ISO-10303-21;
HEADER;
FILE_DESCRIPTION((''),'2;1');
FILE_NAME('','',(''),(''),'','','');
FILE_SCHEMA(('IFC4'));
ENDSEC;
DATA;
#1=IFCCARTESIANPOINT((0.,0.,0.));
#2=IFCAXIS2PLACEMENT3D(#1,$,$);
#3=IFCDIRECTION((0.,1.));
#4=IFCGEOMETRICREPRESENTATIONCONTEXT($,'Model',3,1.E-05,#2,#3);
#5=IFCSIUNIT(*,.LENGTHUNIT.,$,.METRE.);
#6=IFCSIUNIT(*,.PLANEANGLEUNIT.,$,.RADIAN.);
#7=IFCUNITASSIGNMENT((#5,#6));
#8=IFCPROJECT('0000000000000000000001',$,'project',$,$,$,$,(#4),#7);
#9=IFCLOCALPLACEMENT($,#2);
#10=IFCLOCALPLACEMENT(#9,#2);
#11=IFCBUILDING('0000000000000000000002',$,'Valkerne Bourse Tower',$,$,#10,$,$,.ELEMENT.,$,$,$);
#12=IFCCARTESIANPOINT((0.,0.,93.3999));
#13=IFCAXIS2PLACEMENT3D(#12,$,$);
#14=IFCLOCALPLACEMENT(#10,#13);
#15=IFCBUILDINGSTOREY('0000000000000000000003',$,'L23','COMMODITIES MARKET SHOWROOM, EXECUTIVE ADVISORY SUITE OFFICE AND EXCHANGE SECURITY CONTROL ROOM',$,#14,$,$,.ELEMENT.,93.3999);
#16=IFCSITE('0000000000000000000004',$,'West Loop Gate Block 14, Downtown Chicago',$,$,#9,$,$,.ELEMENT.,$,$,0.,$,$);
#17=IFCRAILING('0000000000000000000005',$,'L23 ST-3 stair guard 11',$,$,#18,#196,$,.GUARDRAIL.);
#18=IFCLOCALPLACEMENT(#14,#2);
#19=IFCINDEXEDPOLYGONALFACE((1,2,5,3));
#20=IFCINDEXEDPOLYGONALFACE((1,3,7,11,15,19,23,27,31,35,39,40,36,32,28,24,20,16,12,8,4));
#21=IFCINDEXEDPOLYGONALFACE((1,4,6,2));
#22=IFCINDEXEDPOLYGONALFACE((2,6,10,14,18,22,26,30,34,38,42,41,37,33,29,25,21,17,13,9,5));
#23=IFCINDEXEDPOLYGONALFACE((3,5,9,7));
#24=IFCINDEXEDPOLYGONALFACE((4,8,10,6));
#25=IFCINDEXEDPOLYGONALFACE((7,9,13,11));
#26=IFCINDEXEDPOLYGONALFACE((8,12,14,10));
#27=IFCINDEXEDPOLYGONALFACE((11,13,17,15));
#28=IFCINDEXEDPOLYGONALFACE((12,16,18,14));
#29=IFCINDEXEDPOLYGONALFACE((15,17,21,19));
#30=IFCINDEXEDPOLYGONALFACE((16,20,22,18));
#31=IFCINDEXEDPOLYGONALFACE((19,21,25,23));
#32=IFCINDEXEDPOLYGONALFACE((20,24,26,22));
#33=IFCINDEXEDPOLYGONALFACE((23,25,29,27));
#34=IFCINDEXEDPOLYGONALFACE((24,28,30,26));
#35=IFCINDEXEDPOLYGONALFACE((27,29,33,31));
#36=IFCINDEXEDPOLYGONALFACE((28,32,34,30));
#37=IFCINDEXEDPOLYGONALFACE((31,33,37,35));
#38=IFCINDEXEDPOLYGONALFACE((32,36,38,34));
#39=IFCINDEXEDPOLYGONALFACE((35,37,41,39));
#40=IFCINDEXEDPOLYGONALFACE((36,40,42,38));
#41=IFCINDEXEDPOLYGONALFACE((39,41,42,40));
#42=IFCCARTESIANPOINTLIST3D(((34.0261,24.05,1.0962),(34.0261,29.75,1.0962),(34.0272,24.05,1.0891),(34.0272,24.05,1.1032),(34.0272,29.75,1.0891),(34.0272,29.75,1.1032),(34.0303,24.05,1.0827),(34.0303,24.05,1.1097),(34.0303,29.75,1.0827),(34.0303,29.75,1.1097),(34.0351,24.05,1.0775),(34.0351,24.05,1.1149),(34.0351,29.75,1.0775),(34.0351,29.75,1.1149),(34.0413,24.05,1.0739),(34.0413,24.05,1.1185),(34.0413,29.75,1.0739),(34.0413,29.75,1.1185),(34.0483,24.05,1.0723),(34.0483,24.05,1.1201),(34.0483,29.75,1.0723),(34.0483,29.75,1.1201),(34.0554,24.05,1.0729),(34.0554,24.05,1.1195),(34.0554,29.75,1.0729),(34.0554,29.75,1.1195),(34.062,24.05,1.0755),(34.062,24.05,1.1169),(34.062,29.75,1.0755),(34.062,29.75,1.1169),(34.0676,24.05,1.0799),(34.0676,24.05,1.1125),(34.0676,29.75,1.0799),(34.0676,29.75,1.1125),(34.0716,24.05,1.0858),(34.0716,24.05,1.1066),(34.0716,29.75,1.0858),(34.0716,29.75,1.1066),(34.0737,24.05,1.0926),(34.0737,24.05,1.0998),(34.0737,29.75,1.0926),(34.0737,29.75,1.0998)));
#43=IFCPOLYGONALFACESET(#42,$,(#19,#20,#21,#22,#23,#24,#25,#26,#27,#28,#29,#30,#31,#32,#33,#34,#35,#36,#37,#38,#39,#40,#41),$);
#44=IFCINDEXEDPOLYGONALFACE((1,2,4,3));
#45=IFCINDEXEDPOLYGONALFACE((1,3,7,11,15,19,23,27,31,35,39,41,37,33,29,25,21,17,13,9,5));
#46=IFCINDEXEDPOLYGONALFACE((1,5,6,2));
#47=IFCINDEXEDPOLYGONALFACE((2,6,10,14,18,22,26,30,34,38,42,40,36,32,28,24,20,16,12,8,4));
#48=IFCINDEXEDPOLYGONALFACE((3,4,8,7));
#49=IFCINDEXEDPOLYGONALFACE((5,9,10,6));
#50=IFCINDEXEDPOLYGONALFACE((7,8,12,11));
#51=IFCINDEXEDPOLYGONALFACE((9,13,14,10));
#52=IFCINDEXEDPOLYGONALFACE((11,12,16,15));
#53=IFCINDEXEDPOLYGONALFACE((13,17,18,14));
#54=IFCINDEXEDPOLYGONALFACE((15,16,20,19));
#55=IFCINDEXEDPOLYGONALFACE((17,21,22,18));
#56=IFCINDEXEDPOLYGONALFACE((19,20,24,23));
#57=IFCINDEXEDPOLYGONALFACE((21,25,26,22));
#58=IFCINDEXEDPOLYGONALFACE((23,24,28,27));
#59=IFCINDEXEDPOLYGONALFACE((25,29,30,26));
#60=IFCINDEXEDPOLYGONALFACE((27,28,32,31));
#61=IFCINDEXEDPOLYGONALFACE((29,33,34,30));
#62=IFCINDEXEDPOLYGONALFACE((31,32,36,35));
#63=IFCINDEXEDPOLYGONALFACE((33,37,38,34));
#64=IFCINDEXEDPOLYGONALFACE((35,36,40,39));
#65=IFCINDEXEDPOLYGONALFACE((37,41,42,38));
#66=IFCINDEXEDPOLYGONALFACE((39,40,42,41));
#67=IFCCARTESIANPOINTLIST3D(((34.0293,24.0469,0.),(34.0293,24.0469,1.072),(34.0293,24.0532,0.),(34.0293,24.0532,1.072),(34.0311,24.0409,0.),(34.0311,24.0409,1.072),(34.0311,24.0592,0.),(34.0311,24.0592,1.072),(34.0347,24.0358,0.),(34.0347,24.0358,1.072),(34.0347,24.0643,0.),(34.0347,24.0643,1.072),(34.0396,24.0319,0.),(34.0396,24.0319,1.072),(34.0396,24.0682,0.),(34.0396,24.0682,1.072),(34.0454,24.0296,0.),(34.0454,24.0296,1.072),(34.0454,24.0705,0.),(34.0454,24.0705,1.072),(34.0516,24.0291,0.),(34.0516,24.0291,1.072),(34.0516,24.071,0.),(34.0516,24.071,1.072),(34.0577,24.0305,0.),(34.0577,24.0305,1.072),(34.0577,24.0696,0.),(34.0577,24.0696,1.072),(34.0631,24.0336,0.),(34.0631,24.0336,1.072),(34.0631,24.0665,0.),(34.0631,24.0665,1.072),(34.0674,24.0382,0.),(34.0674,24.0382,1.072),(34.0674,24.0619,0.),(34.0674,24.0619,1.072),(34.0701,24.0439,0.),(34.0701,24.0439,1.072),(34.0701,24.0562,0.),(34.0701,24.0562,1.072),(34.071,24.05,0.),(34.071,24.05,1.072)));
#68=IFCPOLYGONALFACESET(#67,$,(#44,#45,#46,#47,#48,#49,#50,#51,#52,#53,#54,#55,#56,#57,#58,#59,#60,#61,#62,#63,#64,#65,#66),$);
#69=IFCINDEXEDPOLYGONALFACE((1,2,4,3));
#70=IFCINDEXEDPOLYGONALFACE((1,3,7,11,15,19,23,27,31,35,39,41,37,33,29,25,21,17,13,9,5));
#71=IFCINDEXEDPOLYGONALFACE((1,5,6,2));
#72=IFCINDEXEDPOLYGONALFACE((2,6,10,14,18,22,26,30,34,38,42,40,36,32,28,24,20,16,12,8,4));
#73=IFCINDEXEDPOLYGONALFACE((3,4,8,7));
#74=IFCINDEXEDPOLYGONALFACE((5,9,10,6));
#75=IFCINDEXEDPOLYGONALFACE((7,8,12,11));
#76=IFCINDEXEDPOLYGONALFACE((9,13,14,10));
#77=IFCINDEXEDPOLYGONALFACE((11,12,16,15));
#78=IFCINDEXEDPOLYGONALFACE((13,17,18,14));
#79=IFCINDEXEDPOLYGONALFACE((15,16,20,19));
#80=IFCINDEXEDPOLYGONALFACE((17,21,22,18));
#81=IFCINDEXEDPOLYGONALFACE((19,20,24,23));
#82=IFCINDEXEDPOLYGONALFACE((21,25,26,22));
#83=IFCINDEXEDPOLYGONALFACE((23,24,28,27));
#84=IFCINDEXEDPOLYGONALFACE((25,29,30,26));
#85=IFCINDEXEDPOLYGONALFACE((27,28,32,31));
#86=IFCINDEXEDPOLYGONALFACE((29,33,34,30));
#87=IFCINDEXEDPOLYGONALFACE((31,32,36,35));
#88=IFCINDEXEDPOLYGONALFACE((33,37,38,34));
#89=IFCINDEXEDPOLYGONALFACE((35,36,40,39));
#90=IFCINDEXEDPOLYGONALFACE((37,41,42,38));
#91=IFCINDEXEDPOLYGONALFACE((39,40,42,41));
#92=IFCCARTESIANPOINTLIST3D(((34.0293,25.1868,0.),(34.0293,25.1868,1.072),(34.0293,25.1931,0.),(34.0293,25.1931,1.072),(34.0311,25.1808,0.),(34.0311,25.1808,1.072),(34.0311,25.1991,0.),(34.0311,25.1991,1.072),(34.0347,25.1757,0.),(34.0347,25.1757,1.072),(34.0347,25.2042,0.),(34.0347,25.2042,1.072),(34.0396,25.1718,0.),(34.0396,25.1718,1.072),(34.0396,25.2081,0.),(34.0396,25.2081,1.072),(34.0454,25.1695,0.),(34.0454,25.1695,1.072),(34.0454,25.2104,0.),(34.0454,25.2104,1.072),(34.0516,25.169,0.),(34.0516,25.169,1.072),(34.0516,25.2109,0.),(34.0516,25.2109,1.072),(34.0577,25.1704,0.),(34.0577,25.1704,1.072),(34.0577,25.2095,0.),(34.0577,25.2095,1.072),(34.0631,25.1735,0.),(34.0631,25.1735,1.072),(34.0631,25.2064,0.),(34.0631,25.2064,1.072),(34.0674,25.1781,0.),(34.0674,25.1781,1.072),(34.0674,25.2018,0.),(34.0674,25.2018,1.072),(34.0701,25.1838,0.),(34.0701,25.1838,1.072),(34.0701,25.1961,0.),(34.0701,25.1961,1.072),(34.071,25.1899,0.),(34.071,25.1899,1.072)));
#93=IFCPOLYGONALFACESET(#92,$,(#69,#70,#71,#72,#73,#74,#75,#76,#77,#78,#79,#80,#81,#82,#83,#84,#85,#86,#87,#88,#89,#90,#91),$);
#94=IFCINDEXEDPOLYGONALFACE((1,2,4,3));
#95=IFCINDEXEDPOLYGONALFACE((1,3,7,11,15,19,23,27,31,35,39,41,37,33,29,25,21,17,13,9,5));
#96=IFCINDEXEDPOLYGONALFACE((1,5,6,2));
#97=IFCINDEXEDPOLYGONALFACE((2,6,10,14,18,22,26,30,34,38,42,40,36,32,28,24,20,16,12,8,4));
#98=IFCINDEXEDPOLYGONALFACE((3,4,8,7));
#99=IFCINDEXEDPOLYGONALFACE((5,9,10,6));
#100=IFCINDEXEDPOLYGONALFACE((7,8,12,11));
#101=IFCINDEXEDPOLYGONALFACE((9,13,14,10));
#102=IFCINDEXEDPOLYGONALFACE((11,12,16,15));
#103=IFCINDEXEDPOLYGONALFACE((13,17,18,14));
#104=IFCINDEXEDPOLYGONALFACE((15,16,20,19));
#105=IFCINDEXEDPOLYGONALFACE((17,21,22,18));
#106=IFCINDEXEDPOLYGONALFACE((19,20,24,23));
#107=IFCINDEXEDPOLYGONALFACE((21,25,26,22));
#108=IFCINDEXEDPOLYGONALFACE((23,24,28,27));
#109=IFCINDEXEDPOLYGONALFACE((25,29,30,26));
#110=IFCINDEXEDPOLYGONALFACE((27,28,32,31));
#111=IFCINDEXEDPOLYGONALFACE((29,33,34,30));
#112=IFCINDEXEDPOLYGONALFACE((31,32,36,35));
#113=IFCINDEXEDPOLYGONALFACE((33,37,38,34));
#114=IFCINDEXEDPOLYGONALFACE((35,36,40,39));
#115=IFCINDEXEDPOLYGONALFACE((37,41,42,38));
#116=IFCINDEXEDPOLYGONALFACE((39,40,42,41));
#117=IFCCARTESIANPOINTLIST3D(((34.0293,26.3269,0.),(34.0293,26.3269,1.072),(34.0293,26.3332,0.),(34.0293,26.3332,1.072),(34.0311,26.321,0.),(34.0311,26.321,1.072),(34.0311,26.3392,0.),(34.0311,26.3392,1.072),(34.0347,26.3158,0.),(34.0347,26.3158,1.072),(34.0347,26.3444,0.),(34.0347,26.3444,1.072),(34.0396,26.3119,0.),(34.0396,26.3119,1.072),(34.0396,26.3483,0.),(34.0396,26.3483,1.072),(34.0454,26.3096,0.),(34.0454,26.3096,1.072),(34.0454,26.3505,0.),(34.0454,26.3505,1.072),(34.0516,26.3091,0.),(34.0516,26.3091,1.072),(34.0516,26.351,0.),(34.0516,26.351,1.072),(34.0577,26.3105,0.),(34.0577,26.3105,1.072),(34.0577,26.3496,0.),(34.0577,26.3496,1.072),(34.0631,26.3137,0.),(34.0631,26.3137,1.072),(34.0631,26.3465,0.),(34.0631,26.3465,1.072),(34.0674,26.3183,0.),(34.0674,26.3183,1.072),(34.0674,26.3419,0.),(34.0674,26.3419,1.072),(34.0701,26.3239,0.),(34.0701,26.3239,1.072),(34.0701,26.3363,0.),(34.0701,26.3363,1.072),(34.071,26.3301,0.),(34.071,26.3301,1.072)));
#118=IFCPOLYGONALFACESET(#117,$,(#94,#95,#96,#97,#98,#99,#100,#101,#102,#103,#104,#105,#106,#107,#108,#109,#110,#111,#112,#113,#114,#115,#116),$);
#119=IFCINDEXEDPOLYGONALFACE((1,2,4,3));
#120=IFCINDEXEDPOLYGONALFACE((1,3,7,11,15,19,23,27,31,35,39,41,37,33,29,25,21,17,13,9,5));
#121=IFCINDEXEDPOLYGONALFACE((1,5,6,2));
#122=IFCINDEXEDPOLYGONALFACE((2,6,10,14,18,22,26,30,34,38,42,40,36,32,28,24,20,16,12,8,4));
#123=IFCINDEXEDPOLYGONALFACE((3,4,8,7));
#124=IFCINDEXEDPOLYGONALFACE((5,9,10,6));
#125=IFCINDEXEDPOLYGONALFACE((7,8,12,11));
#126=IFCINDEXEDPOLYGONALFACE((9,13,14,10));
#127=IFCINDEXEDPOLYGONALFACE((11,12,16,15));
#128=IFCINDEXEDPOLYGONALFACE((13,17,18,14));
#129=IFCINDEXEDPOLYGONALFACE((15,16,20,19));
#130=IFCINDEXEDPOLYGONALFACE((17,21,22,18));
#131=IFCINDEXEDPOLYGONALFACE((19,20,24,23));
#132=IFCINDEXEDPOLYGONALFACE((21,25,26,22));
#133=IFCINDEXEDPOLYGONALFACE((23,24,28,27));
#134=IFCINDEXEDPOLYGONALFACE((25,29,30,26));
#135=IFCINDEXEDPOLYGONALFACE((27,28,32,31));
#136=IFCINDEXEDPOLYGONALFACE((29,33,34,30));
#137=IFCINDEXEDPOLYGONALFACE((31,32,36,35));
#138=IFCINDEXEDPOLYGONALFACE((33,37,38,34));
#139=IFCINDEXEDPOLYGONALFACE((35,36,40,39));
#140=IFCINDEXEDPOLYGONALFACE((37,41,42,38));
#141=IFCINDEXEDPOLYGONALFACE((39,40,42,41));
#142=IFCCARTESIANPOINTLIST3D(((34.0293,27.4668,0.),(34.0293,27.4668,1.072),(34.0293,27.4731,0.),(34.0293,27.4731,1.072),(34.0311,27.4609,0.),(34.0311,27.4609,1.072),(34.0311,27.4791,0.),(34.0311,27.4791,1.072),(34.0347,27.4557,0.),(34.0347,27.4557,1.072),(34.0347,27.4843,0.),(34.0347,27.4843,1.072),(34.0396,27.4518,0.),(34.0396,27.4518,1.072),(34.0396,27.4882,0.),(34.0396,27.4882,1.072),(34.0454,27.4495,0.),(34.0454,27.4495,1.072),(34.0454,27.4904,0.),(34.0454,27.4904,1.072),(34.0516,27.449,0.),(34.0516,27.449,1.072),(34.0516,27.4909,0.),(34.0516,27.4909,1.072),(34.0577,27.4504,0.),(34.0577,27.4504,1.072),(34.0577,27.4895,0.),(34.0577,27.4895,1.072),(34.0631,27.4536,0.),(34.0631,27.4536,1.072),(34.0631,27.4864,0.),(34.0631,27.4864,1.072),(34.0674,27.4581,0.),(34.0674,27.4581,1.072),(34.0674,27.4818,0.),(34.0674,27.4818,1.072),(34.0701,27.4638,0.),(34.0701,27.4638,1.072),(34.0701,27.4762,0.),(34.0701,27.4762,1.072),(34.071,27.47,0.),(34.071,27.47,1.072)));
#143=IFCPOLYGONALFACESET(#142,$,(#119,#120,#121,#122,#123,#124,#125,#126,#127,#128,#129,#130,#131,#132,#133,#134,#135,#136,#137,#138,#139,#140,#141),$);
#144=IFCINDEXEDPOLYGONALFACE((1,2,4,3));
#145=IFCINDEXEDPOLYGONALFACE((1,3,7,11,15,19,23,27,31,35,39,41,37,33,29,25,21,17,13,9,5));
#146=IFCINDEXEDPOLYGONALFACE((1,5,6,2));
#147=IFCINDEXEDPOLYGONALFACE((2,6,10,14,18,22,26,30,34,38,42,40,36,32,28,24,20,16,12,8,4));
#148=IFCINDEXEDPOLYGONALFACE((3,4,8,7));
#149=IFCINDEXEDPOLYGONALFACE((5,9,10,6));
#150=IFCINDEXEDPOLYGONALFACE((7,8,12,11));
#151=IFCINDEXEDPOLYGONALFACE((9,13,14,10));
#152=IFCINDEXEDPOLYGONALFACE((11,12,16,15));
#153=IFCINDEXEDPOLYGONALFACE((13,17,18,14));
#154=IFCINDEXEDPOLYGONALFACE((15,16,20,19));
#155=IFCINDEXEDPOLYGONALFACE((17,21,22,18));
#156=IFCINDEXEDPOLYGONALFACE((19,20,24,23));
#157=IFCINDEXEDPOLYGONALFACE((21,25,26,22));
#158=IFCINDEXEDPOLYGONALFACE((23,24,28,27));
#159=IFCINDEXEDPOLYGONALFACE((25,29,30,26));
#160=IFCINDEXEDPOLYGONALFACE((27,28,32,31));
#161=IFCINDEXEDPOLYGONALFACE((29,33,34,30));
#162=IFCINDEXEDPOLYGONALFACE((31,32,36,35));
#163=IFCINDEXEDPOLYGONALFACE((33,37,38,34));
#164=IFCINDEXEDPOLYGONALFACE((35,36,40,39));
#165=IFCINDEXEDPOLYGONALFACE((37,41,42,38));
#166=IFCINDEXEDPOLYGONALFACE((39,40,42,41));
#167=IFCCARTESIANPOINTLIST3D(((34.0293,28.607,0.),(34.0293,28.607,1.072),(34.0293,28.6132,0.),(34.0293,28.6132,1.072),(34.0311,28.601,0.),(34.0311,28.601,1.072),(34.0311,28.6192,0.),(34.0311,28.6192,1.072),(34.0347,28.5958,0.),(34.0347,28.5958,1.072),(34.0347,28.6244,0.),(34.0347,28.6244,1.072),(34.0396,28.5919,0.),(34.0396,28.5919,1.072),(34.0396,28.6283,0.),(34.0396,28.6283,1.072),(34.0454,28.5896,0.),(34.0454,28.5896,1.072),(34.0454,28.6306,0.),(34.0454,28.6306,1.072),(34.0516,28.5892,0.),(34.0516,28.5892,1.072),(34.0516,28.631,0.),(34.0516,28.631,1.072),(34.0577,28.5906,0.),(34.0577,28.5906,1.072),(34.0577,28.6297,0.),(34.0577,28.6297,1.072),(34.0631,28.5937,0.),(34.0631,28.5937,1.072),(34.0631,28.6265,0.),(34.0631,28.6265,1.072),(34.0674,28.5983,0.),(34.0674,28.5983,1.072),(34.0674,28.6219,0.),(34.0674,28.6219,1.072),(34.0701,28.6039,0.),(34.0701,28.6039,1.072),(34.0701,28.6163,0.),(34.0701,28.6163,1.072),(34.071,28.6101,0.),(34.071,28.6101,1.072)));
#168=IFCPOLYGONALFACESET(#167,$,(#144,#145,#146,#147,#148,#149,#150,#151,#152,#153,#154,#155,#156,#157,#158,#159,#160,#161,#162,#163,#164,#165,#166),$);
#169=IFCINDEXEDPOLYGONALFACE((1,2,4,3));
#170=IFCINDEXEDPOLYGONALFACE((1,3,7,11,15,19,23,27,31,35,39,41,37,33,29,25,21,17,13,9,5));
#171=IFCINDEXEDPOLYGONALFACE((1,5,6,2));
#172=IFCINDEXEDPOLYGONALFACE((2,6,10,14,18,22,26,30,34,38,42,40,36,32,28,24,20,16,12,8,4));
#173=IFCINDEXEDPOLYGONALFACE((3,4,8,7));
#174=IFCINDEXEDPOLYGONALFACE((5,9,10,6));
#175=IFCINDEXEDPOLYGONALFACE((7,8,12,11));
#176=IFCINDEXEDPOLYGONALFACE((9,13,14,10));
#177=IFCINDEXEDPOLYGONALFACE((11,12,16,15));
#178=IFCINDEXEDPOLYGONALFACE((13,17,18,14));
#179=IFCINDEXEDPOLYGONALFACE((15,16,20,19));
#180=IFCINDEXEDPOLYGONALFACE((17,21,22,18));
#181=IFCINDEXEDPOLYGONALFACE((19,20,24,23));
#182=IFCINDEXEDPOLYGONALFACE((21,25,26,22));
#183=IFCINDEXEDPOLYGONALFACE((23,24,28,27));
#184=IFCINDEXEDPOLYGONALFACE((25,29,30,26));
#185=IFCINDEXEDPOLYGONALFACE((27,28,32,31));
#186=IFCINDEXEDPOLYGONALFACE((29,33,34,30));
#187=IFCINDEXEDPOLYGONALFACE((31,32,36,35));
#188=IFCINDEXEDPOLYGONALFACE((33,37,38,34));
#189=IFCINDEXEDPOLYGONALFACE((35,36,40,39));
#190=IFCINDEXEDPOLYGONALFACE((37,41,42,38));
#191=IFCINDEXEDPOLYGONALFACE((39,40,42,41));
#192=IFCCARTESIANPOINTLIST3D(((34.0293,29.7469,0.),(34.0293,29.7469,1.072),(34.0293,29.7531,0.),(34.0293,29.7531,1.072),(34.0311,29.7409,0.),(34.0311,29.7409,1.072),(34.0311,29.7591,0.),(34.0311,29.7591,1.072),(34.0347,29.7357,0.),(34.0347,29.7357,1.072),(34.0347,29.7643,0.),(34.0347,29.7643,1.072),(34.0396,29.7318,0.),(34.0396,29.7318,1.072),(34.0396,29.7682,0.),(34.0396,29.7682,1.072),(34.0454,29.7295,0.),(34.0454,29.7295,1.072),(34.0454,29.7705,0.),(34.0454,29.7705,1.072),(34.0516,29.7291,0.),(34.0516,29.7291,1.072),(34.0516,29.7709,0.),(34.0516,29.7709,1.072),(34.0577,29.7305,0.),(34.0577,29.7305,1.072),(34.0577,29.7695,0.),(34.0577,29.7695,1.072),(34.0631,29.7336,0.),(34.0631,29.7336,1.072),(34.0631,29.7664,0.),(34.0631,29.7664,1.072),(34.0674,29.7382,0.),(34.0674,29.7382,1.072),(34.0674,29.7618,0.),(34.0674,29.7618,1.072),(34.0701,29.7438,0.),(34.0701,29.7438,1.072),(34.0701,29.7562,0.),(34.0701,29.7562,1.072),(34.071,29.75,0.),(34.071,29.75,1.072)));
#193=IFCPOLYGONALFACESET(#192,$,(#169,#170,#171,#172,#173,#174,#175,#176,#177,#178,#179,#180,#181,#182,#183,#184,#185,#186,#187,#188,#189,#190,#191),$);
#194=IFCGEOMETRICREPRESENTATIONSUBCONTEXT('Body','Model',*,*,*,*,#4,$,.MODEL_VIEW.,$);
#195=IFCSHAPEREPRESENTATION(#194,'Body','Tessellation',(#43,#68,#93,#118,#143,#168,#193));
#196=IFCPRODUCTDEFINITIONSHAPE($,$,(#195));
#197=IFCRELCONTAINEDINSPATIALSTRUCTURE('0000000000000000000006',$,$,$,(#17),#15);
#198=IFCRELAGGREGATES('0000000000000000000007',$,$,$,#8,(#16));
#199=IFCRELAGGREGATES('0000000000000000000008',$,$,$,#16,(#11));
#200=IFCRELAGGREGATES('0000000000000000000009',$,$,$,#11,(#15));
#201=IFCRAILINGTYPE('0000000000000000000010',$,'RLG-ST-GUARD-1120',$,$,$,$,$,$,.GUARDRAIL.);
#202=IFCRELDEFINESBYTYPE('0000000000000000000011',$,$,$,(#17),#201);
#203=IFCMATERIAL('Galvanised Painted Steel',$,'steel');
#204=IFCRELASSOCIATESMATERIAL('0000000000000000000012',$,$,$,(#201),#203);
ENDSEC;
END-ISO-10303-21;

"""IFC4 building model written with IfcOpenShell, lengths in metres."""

from ifc_helpers import new_model, si_unit, direction, frame, origin, origin_2d, place, context, subcontext, project, spatial, circle, extrude, material, type_object, element, save


model = new_model("IFC4")

# Units and contexts
model_context = context("Model", 3, precision=1e-05, world=origin(), true_north=direction((0.0, 1.0)))
body_context = subcontext(model_context, "Body", "Model", "MODEL_VIEW")
ifc_project = project(units=[si_unit("LENGTHUNIT", "METRE"), si_unit("PLANEANGLEUNIT", "RADIAN")], contexts=[model_context])

# Site, building, storey
site_placement = place(None, origin())
site = spatial("IfcSite", under=ifc_project, at=site_placement, Name="West Loop Gate Block 14, Downtown Chicago", CompositionType="ELEMENT", RefElevation=0.0)
building_placement = place(site_placement, origin())
building = spatial("IfcBuilding", under=site, at=building_placement, Name="Valkerne Bourse Tower", CompositionType="ELEMENT")
storey_placement = place(building_placement, frame((0.0, 0.0, 93.3999)))
storey = spatial("IfcBuildingStorey", under=building, at=storey_placement, Name="L23", Description="COMMODITIES MARKET SHOWROOM, EXECUTIVE ADVISORY SUITE OFFICE AND EXCHANGE SECURITY CONTROL ROOM", CompositionType="ELEMENT", Elevation=93.3999)

# Shared definitions
ifc_material_1 = material(Name="Galvanised Painted Steel", Category="steel")

# Railing
railing_type_1 = type_object("IfcRailingType", Name="RLG-ST-GUARD-1120", PredefinedType="GUARDRAIL", material=ifc_material_1)
for number, where, name in (
    (1, (34.05, 24.05, 0.0), "L23 ST-3 stair guard 11"),
):
    element("IfcRailing", number, at=place(storey_placement, frame(where)), inside=storey, type_object=railing_type_1, Name=name, PredefinedType="GUARDRAIL", context=body_context, shape_type="SweptSolid", body=[
        extrude(circle(Radius=0.0239, at=origin_2d()), frame((0.0, 0.0, 1.0962), z_axis=(0.0, 1.0, 0.0), x_axis=(-1.0, 0.0, 0.0)), (0.0, 0.0, 1.0), 5.7),
        extrude(circle(Radius=0.021, at=origin_2d()), origin(), (0.0, 0.0, 1.0), 1.072),
        extrude(circle(Radius=0.021, at=origin_2d()), frame((0.0, 1.1399, 0.0)), (0.0, 0.0, 1.0), 1.072),
        extrude(circle(Radius=0.021, at=origin_2d()), frame((0.0, 2.28, 0.0)), (0.0, 0.0, 1.0), 1.072),
        extrude(circle(Radius=0.021, at=origin_2d()), frame((0.0, 3.4199, 0.0)), (0.0, 0.0, 1.0), 1.072),
        extrude(circle(Radius=0.021, at=origin_2d()), frame((0.0, 4.5601, 0.0)), (0.0, 0.0, 1.0), 1.072),
        extrude(circle(Radius=0.021, at=origin_2d()), frame((0.0, 5.7, 0.0)), (0.0, 0.0, 1.0), 1.072),
    ])

save(model, "model.ifc")
